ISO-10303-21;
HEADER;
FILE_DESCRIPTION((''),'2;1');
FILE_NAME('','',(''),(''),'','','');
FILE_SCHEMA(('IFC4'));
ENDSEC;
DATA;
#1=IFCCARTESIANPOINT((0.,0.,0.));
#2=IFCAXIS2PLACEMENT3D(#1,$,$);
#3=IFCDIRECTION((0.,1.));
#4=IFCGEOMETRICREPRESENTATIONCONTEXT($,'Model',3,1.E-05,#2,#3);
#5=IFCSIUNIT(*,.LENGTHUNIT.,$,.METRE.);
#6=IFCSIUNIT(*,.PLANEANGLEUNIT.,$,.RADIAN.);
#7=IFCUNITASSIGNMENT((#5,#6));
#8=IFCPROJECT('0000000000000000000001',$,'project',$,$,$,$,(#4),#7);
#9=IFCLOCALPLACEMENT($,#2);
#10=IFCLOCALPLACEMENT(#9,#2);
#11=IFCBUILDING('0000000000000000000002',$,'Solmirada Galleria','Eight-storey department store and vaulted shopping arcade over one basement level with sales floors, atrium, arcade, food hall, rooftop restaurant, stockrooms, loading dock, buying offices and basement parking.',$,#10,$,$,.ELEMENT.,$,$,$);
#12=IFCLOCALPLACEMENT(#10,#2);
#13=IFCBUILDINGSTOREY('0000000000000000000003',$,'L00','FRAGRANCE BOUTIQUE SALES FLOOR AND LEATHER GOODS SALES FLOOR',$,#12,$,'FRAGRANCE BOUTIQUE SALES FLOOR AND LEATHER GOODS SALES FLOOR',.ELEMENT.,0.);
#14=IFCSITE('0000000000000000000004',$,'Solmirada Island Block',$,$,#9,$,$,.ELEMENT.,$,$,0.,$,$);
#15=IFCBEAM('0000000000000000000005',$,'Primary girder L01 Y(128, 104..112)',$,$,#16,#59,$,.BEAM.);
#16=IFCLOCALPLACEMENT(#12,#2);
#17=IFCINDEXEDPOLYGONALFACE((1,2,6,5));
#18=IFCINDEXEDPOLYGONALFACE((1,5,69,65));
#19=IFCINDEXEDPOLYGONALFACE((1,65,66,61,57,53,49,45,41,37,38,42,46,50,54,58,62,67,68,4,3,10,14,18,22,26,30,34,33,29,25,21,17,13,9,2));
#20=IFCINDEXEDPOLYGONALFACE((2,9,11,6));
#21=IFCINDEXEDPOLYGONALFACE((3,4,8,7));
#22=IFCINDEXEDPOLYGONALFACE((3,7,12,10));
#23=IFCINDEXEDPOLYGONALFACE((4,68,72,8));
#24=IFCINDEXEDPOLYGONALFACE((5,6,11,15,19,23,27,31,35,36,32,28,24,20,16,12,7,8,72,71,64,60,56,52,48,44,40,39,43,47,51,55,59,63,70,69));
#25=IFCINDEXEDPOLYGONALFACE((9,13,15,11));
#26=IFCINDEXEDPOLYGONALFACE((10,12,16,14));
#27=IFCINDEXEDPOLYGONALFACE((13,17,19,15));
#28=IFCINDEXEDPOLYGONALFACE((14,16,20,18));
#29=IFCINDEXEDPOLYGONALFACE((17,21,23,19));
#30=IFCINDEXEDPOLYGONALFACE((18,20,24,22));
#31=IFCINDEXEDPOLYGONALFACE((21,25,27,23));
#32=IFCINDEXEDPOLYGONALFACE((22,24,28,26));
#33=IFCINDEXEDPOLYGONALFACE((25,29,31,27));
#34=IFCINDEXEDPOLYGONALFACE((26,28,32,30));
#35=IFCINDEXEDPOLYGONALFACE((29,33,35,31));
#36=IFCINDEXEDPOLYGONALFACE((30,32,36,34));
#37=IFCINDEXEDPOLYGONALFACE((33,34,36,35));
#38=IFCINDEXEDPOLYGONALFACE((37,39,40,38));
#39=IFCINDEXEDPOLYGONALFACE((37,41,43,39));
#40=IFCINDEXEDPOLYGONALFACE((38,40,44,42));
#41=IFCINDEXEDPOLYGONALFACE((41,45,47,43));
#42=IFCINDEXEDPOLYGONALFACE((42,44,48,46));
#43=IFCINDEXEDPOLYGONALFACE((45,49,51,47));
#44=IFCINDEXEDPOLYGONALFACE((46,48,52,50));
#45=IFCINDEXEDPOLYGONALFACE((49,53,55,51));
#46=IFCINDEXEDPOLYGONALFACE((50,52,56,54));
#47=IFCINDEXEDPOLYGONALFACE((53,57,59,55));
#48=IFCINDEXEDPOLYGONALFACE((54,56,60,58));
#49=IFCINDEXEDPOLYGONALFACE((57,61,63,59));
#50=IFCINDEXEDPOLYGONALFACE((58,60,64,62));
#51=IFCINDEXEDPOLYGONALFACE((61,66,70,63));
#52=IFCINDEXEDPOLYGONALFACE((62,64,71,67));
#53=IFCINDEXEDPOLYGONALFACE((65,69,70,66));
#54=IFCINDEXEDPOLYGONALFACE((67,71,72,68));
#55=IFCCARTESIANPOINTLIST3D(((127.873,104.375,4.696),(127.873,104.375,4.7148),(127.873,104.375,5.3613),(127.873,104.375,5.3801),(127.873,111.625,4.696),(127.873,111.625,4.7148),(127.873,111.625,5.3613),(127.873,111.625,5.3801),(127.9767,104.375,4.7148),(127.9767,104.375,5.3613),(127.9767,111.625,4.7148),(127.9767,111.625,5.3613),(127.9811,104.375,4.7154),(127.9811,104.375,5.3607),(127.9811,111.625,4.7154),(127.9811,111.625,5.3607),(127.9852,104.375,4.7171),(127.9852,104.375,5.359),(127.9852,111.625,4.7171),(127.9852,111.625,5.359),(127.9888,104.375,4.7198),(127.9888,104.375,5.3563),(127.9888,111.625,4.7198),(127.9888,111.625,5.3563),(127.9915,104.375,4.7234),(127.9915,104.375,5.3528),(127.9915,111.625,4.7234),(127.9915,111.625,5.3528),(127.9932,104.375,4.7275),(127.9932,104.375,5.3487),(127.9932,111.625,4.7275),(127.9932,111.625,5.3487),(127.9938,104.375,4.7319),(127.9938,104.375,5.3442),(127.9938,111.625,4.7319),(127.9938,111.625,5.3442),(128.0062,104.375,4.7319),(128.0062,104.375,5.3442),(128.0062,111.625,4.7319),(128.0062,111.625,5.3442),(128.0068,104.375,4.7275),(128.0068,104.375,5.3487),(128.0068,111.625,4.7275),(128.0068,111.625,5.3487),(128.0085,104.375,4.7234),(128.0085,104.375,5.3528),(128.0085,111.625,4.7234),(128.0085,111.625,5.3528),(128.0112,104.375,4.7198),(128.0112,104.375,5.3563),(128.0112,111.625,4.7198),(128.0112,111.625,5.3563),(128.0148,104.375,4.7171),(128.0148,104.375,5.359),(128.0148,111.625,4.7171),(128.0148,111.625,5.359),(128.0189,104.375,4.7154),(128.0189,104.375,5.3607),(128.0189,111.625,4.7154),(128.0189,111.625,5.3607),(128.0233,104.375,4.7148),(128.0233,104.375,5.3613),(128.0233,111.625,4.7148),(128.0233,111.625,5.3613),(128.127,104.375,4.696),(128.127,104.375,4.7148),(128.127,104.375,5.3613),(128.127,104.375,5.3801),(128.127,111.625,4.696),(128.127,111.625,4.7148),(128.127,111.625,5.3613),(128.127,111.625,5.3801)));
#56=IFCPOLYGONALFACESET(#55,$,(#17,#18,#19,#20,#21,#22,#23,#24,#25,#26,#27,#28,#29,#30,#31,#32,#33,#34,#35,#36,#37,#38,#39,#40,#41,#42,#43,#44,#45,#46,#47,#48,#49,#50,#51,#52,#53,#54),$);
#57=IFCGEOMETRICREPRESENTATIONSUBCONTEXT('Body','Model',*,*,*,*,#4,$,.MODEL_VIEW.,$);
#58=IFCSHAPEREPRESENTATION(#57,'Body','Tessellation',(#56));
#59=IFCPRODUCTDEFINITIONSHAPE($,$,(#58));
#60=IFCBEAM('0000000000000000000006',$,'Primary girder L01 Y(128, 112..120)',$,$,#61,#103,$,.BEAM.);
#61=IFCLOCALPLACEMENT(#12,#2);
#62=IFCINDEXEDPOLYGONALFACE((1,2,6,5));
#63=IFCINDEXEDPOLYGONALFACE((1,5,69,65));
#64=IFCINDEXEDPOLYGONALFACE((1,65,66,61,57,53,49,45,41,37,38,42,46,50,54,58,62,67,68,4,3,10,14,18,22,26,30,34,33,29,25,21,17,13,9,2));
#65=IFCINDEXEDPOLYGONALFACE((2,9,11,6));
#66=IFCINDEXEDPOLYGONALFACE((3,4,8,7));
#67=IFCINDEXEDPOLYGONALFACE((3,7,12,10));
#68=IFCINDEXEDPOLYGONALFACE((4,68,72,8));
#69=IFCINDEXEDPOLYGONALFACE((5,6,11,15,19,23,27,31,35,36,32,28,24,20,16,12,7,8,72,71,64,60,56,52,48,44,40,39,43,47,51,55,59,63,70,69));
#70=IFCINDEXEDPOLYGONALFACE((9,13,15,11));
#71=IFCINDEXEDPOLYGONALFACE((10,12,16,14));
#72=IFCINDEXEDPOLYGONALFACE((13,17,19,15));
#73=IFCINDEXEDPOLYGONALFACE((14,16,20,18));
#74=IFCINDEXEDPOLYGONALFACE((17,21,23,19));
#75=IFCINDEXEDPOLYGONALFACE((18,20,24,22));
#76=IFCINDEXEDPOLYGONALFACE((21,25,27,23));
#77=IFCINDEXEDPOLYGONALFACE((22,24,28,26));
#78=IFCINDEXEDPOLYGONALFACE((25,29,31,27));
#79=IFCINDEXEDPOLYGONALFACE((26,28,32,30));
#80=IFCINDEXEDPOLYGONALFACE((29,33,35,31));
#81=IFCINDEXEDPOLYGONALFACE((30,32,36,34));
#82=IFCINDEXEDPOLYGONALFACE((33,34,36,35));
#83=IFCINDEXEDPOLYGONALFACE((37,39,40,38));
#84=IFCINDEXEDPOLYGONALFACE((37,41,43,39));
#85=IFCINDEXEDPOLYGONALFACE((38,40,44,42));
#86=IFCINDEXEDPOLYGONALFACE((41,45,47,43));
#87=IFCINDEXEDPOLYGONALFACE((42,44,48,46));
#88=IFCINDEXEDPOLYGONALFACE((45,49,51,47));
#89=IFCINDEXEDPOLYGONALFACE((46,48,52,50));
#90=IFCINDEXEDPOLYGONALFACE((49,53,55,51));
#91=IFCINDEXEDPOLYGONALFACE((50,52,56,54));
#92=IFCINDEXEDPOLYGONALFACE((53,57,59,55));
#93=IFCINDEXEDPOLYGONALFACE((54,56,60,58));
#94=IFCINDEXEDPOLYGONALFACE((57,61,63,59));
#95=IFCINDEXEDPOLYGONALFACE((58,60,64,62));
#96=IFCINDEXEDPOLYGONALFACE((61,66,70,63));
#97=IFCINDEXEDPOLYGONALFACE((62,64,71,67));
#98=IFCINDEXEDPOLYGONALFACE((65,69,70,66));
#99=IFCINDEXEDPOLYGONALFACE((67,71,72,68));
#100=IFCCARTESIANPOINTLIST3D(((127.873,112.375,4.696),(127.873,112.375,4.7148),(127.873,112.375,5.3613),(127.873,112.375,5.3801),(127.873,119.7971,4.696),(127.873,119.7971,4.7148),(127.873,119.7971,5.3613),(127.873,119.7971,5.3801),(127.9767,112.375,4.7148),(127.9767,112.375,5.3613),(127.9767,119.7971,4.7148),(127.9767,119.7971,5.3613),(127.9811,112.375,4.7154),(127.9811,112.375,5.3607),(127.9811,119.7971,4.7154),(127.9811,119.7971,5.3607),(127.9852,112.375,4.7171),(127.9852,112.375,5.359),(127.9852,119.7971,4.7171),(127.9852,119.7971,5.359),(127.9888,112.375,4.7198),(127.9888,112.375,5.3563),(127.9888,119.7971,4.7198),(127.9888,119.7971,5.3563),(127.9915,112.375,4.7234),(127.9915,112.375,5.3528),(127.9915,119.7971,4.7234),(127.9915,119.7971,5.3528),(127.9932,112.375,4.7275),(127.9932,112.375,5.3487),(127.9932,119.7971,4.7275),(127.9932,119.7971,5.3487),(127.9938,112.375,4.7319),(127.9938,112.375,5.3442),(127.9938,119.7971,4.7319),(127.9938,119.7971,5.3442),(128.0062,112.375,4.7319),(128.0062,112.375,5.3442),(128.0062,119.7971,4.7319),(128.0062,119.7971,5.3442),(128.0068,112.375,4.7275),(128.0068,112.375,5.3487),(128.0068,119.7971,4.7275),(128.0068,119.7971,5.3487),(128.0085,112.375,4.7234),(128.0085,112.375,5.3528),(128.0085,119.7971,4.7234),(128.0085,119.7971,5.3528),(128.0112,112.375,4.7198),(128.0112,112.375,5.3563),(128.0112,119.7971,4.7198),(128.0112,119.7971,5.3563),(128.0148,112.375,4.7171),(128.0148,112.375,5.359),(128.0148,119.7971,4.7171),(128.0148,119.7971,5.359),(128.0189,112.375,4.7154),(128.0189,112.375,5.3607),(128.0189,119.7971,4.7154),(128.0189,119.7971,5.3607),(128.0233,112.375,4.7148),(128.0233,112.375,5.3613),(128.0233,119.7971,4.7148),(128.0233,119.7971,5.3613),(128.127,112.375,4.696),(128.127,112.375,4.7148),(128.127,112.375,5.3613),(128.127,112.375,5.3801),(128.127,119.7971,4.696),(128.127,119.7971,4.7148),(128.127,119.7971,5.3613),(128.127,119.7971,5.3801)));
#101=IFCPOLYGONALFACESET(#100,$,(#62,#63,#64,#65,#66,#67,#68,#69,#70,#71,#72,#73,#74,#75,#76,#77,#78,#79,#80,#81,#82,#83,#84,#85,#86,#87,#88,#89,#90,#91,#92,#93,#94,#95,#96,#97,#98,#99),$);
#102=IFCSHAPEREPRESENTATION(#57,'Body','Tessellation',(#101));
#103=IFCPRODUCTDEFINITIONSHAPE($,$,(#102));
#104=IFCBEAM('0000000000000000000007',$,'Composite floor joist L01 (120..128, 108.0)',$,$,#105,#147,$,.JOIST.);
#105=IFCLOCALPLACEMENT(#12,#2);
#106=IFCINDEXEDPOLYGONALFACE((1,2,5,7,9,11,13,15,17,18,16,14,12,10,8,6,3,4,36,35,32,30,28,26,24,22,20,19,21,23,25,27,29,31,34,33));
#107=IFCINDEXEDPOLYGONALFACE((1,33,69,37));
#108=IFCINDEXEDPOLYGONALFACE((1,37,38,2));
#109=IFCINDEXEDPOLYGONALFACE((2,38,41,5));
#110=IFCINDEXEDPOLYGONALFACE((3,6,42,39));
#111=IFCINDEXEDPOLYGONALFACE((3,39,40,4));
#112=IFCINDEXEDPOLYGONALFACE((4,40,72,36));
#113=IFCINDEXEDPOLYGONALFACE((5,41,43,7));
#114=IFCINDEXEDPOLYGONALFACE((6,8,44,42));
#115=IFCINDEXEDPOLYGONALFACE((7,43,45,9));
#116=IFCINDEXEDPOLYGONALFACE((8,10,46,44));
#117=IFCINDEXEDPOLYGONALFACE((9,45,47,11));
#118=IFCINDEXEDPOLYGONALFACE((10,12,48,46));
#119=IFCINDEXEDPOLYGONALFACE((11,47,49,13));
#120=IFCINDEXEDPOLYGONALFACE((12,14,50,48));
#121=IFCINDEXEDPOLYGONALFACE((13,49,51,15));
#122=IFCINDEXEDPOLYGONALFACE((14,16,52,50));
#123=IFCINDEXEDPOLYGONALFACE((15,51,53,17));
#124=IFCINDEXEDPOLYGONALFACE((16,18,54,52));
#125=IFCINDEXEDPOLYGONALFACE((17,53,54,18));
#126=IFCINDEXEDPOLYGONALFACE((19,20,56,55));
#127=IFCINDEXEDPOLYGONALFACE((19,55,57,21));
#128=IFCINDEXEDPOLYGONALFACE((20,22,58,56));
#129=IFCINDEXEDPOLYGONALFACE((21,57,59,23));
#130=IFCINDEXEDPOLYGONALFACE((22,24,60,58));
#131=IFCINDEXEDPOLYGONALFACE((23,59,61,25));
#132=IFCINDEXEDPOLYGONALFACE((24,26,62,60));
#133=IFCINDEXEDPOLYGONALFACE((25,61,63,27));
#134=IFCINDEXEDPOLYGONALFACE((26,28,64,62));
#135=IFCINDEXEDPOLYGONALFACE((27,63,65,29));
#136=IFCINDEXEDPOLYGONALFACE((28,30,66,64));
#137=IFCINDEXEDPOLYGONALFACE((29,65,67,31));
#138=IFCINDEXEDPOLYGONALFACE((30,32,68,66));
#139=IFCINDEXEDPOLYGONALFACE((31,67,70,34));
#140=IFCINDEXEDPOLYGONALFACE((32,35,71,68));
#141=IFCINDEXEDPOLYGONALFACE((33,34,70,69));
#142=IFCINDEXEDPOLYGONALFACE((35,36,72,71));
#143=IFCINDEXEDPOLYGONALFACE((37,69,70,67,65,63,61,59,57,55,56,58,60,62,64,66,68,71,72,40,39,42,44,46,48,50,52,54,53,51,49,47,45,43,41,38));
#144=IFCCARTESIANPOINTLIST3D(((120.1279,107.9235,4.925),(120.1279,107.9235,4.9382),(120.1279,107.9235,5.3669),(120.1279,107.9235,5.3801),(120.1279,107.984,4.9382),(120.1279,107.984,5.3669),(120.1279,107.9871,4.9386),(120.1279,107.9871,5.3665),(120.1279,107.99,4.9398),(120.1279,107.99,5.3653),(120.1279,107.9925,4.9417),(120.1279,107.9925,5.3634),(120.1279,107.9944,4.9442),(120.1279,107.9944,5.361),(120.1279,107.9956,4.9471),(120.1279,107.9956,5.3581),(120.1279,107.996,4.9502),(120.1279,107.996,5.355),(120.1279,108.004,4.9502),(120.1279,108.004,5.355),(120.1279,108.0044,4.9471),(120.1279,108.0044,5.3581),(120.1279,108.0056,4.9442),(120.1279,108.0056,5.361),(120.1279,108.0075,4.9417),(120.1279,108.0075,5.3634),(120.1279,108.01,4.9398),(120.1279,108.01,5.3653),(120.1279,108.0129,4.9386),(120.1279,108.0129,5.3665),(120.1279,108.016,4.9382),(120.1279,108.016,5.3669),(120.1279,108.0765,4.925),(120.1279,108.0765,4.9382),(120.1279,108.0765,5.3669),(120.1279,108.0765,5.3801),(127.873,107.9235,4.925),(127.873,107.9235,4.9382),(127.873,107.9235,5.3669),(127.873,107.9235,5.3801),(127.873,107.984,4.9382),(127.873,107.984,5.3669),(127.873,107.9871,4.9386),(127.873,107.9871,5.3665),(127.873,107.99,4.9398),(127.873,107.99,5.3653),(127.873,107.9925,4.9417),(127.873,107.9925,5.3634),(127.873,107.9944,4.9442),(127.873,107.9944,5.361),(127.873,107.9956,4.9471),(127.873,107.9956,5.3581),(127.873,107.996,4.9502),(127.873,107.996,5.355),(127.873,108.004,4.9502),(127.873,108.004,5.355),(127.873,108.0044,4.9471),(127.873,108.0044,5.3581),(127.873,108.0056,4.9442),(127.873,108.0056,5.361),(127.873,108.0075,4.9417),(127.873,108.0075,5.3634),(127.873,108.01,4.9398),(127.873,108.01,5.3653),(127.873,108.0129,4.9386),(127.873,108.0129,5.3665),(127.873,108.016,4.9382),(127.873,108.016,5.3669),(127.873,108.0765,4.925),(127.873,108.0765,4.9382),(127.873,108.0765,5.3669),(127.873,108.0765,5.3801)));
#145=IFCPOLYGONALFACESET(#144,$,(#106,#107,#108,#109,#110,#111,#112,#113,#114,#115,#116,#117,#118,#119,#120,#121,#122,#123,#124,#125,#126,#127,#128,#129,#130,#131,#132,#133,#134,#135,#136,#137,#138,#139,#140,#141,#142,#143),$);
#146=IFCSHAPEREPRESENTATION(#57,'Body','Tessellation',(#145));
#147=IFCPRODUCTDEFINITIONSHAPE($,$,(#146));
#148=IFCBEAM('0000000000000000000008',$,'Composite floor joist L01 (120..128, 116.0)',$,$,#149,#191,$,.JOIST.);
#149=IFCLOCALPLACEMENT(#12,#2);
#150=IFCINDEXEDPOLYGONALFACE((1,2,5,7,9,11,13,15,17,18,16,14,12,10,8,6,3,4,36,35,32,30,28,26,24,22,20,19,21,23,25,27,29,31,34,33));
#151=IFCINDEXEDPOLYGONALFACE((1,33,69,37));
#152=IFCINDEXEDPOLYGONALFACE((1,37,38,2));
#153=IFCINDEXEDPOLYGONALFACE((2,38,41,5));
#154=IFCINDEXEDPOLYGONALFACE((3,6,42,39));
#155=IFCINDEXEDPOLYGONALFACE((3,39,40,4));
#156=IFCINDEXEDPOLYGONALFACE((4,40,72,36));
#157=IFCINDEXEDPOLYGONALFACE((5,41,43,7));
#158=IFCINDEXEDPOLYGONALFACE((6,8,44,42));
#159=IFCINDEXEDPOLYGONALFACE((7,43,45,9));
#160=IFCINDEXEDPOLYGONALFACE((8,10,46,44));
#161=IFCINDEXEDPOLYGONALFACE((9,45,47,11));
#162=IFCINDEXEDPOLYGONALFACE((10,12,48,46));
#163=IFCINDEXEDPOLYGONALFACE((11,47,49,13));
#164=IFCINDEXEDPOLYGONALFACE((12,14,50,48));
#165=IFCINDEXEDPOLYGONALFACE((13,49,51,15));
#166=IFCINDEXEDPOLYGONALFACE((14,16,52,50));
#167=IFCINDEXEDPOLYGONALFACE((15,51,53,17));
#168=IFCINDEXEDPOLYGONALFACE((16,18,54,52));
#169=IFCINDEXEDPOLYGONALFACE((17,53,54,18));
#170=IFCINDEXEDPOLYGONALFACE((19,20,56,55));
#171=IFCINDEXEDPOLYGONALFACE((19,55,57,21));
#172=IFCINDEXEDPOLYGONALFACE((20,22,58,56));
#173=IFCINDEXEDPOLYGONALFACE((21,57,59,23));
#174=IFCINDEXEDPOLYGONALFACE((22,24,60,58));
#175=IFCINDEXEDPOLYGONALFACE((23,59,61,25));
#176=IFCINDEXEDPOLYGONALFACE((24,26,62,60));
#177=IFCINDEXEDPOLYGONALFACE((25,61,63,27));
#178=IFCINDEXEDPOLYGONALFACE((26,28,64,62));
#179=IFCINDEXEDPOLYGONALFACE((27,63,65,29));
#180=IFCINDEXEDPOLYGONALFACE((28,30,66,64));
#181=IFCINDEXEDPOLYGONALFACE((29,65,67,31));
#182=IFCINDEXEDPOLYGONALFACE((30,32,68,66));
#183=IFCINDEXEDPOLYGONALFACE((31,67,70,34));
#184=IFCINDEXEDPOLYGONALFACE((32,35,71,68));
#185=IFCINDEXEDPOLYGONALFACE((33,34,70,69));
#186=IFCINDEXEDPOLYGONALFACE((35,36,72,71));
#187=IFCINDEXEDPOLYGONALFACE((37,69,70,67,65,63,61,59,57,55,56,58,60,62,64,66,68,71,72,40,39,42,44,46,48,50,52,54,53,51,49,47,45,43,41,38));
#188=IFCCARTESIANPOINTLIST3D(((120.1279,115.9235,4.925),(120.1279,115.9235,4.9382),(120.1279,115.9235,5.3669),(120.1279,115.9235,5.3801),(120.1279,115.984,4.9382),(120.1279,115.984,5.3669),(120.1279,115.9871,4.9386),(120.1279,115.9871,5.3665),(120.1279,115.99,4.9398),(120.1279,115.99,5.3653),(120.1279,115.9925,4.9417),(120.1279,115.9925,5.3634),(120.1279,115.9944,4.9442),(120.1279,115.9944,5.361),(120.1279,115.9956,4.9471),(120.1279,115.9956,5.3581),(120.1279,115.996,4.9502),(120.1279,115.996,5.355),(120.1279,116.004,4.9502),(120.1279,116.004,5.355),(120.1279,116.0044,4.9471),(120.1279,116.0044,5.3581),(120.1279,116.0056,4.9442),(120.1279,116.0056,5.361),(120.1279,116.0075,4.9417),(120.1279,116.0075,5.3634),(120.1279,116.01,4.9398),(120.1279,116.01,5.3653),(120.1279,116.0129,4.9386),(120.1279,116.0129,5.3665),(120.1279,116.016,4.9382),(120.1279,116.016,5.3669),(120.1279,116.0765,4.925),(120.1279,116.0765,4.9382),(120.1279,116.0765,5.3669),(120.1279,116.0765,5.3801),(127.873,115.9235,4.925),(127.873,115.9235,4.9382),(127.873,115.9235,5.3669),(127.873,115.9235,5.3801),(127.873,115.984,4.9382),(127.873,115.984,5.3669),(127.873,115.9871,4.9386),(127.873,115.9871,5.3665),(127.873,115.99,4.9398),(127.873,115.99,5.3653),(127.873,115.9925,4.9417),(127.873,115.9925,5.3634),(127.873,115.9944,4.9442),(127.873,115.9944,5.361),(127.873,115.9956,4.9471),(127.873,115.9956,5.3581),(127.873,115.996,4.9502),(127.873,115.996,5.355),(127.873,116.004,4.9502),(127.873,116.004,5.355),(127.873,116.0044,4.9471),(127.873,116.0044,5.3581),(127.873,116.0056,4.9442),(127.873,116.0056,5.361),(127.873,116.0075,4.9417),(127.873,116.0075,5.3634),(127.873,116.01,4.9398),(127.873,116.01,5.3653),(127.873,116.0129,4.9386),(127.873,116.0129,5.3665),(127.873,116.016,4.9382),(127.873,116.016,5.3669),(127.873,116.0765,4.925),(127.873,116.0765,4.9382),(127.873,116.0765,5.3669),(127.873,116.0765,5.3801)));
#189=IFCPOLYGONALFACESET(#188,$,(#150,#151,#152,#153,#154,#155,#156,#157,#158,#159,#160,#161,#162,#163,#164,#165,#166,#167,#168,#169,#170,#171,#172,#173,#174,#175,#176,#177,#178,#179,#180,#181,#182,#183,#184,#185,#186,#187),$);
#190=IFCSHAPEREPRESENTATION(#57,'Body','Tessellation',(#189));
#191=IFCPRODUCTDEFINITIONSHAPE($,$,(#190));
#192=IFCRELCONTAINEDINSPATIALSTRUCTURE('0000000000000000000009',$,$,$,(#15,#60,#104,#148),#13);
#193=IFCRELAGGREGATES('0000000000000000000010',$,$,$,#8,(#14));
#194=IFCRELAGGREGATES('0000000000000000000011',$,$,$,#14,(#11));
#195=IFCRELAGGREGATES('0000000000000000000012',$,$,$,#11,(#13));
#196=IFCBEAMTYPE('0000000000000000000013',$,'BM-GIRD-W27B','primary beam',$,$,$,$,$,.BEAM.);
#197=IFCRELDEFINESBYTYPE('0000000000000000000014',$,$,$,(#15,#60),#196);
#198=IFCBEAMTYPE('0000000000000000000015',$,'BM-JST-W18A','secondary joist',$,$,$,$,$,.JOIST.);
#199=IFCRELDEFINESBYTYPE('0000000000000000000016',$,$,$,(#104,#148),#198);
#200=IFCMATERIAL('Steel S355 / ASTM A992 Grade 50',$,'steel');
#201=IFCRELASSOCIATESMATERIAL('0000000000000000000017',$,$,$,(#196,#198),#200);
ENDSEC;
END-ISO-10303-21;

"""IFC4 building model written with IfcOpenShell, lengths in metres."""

from ifc_helpers import new_model, si_unit, direction, frame, origin, origin_2d, place, context, subcontext, project, spatial, i_section, extrude, material, material_profile, profile_set, type_object, element, save


model = new_model("IFC4")

# Units and contexts
model_context = context("Model", 3, precision=1e-05, world=origin(), true_north=direction((0.0, 1.0)))
body_context = subcontext(model_context, "Body", "Model", "MODEL_VIEW")
ifc_project = project(units=[si_unit("LENGTHUNIT", "METRE"), si_unit("PLANEANGLEUNIT", "RADIAN")], contexts=[model_context])

# Site, building, storey
site_placement = place(None, origin())
site = spatial("IfcSite", under=ifc_project, at=site_placement, Name="Solmirada Island Block", CompositionType="ELEMENT", RefElevation=0.0)
building_placement = place(site_placement, origin())
building = spatial("IfcBuilding", under=site, at=building_placement, Name="Solmirada Galleria", Description="Eight-storey department store and vaulted shopping arcade over one basement level with sales floors, atrium, arcade, food hall, rooftop restaurant, stockrooms, loading dock, buying offices and basement parking.", CompositionType="ELEMENT")
storey_placement = place(building_placement, origin())
storey = spatial("IfcBuildingStorey", under=building, at=storey_placement, Name="L00", Description="FRAGRANCE BOUTIQUE SALES FLOOR AND LEATHER GOODS SALES FLOOR", LongName="FRAGRANCE BOUTIQUE SALES FLOOR AND LEATHER GOODS SALES FLOOR", CompositionType="ELEMENT", Elevation=0.0)

# Beams
ifc_material_1 = material(Name="Steel S355 / ASTM A992 Grade 50", Category="steel")
ifc_material_profile_1 = material_profile(ifc_material_1, i_section(OverallWidth=0.2539, OverallDepth=0.6841, WebThickness=0.0125, FlangeThickness=0.0188, FilletRadius=0.0171, at=origin_2d()), Name="W27X94")
ifc_profile_set_1 = profile_set([ifc_material_profile_1], Name="Steel S355 / ASTM A992 Grade 50")
beam_type_1 = type_object("IfcBeamType", Name="BM-GIRD-W27B", Description="primary beam", PredefinedType="BEAM", material=ifc_profile_set_1)
beam_1_placement = place(storey_placement, frame((128.0, 104.375, 5.0381), z_axis=(0.0, 1.0, 0.0), x_axis=(-1.0, 0.0, 0.0)))
element("IfcBeam", 1, at=beam_1_placement, inside=storey, type_object=beam_type_1, Name="Primary girder L01 Y(128, 104..112)", PredefinedType="BEAM", context=body_context, shape_type="SweptSolid", body=[
    extrude(i_section(OverallWidth=0.2539, OverallDepth=0.6841, WebThickness=0.0125, FlangeThickness=0.0188, FilletRadius=0.0171, at=origin_2d()), origin(), (0.0, 0.0, 1.0), 7.25),
])
beam_2_placement = place(storey_placement, frame((128.0, 112.375, 5.0381), z_axis=(0.0, 1.0, 0.0), x_axis=(-1.0, 0.0, 0.0)))
element("IfcBeam", 2, at=beam_2_placement, inside=storey, type_object=beam_type_1, Name="Primary girder L01 Y(128, 112..120)", PredefinedType="BEAM", context=body_context, shape_type="SweptSolid", body=[
    extrude(i_section(OverallWidth=0.2539, OverallDepth=0.6841, WebThickness=0.0125, FlangeThickness=0.0188, FilletRadius=0.0171, at=origin_2d()), origin(), (0.0, 0.0, 1.0), 7.4221),
])
ifc_material_profile_2 = material_profile(ifc_material_1, i_section(OverallWidth=0.1531, OverallDepth=0.4551, WebThickness=0.0081, FlangeThickness=0.0132, FilletRadius=0.012, at=origin_2d()), Name="W18X40")
ifc_profile_set_2 = profile_set([ifc_material_profile_2], Name="Steel S355 / ASTM A992 Grade 50")
beam_type_2 = type_object("IfcBeamType", Name="BM-JST-W18A", Description="secondary joist", PredefinedType="JOIST", material=ifc_profile_set_2)
for number, where, z_axis, x_axis, name in (
    (3, (120.1279, 108.0, 5.1526), (1.0, 0.0, 0.0), (0.0, 1.0, 0.0), "Composite floor joist L01 (120..128, 108.0)"),
    (4, (120.1279, 116.0, 5.1526), (1.0, 0.0, 0.0), (0.0, 1.0, 0.0), "Composite floor joist L01 (120..128, 116.0)"),
):
    element("IfcBeam", number, at=place(storey_placement, frame(where, z_axis=z_axis, x_axis=x_axis)), inside=storey, type_object=beam_type_2, Name=name, PredefinedType="JOIST", context=body_context, shape_type="SweptSolid", body=[
        extrude(i_section(OverallWidth=0.1531, OverallDepth=0.4551, WebThickness=0.0081, FlangeThickness=0.0132, FilletRadius=0.012, at=origin_2d()), origin(), (0.0, 0.0, 1.0), 7.7451),
    ])

save(model, "model.ifc")
